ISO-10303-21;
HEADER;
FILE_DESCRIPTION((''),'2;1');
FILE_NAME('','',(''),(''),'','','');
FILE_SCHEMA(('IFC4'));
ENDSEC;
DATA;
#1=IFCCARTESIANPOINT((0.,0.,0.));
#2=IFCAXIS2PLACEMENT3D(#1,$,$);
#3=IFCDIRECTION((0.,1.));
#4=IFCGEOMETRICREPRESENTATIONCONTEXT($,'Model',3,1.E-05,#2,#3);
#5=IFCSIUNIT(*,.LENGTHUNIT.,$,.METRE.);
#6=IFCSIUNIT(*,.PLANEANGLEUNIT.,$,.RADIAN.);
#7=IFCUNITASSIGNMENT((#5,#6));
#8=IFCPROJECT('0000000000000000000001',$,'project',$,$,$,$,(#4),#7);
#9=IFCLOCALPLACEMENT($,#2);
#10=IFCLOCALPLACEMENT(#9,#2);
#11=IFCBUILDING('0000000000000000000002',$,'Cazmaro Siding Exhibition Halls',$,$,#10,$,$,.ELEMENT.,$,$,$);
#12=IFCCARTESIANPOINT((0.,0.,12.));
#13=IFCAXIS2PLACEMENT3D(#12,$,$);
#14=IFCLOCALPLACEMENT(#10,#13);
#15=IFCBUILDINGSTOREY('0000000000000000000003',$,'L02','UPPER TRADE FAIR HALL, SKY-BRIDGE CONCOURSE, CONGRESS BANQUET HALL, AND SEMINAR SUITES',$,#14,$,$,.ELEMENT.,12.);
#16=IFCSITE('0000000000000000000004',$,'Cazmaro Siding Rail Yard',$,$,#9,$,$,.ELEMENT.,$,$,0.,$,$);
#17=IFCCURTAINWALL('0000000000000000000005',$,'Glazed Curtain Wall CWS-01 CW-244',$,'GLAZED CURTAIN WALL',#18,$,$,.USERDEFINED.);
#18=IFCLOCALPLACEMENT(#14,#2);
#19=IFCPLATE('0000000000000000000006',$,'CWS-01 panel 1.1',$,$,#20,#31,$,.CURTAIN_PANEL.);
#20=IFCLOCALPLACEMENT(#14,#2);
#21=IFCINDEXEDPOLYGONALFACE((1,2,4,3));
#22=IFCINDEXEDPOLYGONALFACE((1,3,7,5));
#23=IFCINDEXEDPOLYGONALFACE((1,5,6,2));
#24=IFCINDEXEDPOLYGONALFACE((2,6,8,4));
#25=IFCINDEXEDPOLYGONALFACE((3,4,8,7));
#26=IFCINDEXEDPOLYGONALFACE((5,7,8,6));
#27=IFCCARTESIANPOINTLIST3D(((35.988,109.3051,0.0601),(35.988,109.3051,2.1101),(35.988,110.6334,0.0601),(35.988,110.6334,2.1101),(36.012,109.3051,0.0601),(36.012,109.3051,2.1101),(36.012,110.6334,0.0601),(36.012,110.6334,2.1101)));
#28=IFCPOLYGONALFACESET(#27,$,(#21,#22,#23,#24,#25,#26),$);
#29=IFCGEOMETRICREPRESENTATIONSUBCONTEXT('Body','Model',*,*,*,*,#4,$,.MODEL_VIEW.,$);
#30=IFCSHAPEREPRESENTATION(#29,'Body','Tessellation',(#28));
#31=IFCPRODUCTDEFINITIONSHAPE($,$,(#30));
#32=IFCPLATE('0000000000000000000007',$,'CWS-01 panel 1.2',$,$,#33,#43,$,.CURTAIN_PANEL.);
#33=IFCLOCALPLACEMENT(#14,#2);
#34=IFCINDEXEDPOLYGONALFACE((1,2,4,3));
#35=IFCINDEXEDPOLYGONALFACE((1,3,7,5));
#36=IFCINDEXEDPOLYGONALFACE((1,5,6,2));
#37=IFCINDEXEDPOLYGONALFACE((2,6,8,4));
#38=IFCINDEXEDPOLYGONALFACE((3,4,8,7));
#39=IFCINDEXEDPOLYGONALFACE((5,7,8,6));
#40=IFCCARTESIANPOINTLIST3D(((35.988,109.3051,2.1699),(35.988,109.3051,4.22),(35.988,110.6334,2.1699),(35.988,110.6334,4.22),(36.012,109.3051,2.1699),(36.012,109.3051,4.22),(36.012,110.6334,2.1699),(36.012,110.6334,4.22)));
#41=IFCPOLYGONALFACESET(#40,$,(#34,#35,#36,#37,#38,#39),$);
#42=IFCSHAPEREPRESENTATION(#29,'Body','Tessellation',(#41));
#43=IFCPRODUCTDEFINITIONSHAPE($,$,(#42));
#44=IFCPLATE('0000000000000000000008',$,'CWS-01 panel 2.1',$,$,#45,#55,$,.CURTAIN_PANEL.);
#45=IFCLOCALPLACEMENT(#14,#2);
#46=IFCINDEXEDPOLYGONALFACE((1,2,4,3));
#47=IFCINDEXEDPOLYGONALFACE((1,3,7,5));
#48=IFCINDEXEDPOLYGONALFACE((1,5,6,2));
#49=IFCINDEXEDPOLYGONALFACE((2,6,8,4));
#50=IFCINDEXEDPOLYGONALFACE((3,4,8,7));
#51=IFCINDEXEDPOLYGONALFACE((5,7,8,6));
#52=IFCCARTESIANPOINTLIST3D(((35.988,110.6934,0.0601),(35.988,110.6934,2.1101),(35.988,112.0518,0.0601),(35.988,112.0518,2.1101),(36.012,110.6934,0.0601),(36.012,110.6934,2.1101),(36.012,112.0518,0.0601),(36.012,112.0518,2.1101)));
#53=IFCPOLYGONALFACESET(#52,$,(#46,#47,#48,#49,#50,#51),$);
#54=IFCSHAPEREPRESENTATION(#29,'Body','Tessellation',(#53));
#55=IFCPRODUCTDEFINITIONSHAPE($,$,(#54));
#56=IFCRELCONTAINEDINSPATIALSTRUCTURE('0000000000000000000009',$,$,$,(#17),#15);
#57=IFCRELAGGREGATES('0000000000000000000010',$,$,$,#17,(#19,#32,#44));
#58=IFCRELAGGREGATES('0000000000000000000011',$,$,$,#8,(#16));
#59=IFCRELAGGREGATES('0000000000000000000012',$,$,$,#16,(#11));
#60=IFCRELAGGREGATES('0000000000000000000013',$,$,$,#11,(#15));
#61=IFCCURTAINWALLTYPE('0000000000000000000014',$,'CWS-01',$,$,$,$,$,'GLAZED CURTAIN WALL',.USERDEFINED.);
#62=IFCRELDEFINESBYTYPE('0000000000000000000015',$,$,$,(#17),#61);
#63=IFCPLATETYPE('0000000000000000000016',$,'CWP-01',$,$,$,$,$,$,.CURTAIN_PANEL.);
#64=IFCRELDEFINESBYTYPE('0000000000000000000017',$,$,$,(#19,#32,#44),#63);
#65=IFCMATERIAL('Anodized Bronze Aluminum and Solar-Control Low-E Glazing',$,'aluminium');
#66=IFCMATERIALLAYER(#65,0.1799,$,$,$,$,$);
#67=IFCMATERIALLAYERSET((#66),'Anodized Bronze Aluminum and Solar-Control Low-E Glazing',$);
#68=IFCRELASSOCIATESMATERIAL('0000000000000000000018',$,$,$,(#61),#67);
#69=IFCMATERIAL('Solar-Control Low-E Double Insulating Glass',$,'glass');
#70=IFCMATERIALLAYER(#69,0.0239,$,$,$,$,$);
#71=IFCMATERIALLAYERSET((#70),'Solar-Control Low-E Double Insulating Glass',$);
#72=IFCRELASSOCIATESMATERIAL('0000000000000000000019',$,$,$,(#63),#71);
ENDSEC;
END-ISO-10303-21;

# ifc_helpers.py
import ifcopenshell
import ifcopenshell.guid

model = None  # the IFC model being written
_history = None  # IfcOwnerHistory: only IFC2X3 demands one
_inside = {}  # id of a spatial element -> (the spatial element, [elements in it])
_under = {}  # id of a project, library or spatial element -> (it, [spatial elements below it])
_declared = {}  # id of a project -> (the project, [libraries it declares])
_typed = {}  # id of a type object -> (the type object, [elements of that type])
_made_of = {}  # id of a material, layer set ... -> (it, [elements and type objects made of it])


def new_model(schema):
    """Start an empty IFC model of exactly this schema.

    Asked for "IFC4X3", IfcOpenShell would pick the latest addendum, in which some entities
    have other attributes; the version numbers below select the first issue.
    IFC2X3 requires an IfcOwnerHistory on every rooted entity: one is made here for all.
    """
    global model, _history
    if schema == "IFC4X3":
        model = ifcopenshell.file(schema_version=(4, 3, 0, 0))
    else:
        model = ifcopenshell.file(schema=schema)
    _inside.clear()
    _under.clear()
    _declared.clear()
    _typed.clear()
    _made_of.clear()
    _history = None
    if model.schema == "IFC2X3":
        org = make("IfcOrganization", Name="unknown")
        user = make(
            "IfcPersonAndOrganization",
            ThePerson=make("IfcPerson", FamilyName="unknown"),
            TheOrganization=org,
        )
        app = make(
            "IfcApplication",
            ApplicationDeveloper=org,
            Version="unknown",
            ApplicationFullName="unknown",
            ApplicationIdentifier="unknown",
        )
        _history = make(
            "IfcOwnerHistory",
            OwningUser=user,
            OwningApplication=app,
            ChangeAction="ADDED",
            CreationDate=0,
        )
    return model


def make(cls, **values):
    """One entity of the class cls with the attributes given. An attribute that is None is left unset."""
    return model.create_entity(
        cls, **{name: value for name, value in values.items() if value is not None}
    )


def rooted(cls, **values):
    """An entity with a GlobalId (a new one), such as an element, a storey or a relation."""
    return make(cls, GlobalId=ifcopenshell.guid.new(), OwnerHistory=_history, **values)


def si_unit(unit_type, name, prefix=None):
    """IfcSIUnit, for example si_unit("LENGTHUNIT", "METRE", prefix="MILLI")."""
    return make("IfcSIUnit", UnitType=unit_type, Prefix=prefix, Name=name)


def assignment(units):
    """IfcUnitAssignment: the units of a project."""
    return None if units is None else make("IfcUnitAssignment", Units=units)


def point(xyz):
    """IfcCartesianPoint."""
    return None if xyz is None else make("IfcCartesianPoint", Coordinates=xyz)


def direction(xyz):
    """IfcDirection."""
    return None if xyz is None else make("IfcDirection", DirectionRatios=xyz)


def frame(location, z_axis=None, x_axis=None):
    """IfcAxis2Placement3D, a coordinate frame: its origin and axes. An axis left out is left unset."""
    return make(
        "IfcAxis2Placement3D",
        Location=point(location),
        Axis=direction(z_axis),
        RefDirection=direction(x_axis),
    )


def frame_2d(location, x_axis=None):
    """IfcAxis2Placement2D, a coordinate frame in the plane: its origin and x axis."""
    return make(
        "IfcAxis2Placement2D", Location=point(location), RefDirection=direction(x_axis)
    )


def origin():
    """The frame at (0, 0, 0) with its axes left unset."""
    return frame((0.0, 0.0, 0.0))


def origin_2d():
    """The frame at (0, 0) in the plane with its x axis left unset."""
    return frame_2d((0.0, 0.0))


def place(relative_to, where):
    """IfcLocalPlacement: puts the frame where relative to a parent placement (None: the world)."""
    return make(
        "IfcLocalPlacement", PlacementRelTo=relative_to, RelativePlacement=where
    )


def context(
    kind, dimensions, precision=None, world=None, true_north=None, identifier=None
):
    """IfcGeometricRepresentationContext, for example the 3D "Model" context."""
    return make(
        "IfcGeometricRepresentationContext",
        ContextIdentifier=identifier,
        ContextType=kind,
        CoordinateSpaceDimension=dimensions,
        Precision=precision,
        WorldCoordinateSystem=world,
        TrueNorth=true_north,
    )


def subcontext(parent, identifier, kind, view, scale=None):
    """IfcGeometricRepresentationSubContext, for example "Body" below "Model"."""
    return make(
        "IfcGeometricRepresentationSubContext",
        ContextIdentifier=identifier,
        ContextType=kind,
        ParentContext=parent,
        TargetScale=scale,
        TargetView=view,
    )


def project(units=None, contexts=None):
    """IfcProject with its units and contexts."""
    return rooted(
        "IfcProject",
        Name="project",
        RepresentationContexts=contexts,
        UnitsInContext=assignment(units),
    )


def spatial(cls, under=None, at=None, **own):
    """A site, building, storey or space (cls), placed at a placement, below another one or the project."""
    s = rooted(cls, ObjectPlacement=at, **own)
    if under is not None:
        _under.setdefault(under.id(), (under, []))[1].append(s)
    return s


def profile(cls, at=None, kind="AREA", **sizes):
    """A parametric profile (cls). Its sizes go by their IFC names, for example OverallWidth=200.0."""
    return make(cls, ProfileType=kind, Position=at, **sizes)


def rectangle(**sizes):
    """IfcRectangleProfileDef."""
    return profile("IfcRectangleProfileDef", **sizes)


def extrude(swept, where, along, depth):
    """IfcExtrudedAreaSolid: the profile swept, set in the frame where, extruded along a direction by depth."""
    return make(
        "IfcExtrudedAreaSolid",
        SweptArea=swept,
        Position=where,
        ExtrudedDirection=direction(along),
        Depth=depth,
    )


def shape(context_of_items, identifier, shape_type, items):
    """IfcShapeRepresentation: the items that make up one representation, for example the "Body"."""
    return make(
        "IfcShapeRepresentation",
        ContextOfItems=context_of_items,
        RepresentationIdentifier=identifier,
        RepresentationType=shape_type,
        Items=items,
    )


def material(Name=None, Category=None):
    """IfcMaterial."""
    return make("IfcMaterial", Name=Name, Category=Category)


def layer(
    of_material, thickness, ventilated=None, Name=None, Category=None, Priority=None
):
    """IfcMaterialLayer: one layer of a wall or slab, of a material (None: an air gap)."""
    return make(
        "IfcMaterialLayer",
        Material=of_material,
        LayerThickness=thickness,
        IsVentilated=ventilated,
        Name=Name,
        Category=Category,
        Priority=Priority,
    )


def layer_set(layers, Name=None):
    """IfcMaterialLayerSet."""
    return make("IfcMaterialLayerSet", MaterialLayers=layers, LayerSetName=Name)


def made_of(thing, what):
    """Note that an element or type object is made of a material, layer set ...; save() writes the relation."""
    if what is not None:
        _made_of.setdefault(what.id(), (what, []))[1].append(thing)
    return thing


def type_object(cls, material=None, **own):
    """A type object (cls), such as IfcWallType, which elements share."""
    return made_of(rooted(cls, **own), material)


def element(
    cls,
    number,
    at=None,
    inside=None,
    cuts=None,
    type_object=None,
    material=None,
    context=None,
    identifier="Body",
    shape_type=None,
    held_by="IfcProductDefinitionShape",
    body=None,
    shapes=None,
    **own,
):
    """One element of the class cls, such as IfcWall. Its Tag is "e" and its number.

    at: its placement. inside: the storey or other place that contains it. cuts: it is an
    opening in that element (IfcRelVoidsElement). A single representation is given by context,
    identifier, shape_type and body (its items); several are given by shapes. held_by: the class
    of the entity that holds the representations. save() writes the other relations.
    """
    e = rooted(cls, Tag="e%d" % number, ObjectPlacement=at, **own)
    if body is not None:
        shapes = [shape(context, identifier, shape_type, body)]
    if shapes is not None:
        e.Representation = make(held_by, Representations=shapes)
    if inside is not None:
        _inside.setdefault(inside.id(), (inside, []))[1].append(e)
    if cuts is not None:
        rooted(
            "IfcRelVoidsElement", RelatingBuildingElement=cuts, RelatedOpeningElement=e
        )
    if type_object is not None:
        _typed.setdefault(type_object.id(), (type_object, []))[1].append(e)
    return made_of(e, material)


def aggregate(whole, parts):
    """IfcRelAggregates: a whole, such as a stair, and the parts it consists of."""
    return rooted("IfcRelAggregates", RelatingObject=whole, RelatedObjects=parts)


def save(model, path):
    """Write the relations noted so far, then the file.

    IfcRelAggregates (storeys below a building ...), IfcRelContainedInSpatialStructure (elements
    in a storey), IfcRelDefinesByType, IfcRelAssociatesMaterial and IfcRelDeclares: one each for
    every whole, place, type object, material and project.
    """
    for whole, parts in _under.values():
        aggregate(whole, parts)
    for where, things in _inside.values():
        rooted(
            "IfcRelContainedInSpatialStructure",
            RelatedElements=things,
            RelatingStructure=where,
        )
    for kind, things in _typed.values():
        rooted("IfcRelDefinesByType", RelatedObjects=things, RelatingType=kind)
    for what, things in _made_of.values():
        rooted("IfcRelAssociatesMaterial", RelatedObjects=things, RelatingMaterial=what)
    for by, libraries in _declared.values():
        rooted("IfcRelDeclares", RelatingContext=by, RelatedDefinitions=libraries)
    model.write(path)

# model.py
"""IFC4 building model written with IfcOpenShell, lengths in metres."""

from ifc_helpers import new_model, si_unit, direction, frame, origin, origin_2d, place, context, subcontext, project, spatial, rectangle, extrude, material, layer, layer_set, type_object, element, aggregate, save


model = new_model("IFC4")

# Units and contexts
model_context = context("Model", 3, precision=1e-05, world=origin(), true_north=direction((0.0, 1.0)))
body_context = subcontext(model_context, "Body", "Model", "MODEL_VIEW")
ifc_project = project(units=[si_unit("LENGTHUNIT", "METRE"), si_unit("PLANEANGLEUNIT", "RADIAN")], contexts=[model_context])

# Site, building, storey
site_placement = place(None, origin())
site = spatial("IfcSite", under=ifc_project, at=site_placement, Name="Cazmaro Siding Rail Yard", CompositionType="ELEMENT", RefElevation=0.0)
building_placement = place(site_placement, origin())
building = spatial("IfcBuilding", under=site, at=building_placement, Name="Cazmaro Siding Exhibition Halls", CompositionType="ELEMENT")
storey_placement = place(building_placement, frame((0.0, 0.0, 12.0)))
storey = spatial("IfcBuildingStorey", under=building, at=storey_placement, Name="L02", Description="UPPER TRADE FAIR HALL, SKY-BRIDGE CONCOURSE, CONGRESS BANQUET HALL, AND SEMINAR SUITES", CompositionType="ELEMENT", Elevation=12.0)

# Curtain wall
ifc_material_1 = material(Name="Anodized Bronze Aluminum and Solar-Control Low-E Glazing", Category="aluminium")
ifc_layer_1 = layer(ifc_material_1, 0.1799)
ifc_layer_set_1 = layer_set([ifc_layer_1], Name="Anodized Bronze Aluminum and Solar-Control Low-E Glazing")
curtain_wall_type = type_object("IfcCurtainWallType", Name="CWS-01", ElementType="GLAZED CURTAIN WALL", PredefinedType="USERDEFINED", material=ifc_layer_set_1)
curtain_wall_1_placement = place(storey_placement, origin())
curtain_wall_1 = element("IfcCurtainWall", 1, at=curtain_wall_1_placement, inside=storey, type_object=curtain_wall_type, Name="Glazed Curtain Wall CWS-01 CW-244", ObjectType="GLAZED CURTAIN WALL", PredefinedType="USERDEFINED")

# Plates
ifc_material_2 = material(Name="Solar-Control Low-E Double Insulating Glass", Category="glass")
ifc_layer_2 = layer(ifc_material_2, 0.0239)
ifc_layer_set_2 = layer_set([ifc_layer_2], Name="Solar-Control Low-E Double Insulating Glass")
plate_type = type_object("IfcPlateType", Name="CWP-01", PredefinedType="CURTAIN_PANEL", material=ifc_layer_set_2)
plate_1_placement = place(storey_placement, frame((36.0, 109.9692, 0.0601), z_axis=(0.0, 0.0, 1.0), x_axis=(0.0, 1.0, 0.0)))
plate_1 = element("IfcPlate", 2, at=plate_1_placement, type_object=plate_type, Name="CWS-01 panel 1.1", PredefinedType="CURTAIN_PANEL", context=body_context, shape_type="SweptSolid", body=[
    extrude(rectangle(XDim=1.3284, YDim=0.0239, at=origin_2d()), origin(), (0.0, 0.0, 1.0), 2.05),
])
plate_2_placement = place(storey_placement, frame((36.0, 109.9692, 2.1699), z_axis=(0.0, 0.0, 1.0), x_axis=(0.0, 1.0, 0.0)))
plate_2 = element("IfcPlate", 3, at=plate_2_placement, type_object=plate_type, Name="CWS-01 panel 1.2", PredefinedType="CURTAIN_PANEL", context=body_context, shape_type="SweptSolid", body=[
    extrude(rectangle(XDim=1.3284, YDim=0.0239, at=origin_2d()), origin(), (0.0, 0.0, 1.0), 2.05),
])
plate_3_placement = place(storey_placement, frame((36.0, 111.3726, 0.0601), z_axis=(0.0, 0.0, 1.0), x_axis=(0.0, 1.0, 0.0)))
plate_3 = element("IfcPlate", 4, at=plate_3_placement, type_object=plate_type, Name="CWS-01 panel 2.1", PredefinedType="CURTAIN_PANEL", context=body_context, shape_type="SweptSolid", body=[
    extrude(rectangle(XDim=1.3584, YDim=0.0239, at=origin_2d()), origin(), (0.0, 0.0, 1.0), 2.05),
])
aggregate(curtain_wall_1, [plate_1, plate_2, plate_3])

save(model, "model.ifc")
